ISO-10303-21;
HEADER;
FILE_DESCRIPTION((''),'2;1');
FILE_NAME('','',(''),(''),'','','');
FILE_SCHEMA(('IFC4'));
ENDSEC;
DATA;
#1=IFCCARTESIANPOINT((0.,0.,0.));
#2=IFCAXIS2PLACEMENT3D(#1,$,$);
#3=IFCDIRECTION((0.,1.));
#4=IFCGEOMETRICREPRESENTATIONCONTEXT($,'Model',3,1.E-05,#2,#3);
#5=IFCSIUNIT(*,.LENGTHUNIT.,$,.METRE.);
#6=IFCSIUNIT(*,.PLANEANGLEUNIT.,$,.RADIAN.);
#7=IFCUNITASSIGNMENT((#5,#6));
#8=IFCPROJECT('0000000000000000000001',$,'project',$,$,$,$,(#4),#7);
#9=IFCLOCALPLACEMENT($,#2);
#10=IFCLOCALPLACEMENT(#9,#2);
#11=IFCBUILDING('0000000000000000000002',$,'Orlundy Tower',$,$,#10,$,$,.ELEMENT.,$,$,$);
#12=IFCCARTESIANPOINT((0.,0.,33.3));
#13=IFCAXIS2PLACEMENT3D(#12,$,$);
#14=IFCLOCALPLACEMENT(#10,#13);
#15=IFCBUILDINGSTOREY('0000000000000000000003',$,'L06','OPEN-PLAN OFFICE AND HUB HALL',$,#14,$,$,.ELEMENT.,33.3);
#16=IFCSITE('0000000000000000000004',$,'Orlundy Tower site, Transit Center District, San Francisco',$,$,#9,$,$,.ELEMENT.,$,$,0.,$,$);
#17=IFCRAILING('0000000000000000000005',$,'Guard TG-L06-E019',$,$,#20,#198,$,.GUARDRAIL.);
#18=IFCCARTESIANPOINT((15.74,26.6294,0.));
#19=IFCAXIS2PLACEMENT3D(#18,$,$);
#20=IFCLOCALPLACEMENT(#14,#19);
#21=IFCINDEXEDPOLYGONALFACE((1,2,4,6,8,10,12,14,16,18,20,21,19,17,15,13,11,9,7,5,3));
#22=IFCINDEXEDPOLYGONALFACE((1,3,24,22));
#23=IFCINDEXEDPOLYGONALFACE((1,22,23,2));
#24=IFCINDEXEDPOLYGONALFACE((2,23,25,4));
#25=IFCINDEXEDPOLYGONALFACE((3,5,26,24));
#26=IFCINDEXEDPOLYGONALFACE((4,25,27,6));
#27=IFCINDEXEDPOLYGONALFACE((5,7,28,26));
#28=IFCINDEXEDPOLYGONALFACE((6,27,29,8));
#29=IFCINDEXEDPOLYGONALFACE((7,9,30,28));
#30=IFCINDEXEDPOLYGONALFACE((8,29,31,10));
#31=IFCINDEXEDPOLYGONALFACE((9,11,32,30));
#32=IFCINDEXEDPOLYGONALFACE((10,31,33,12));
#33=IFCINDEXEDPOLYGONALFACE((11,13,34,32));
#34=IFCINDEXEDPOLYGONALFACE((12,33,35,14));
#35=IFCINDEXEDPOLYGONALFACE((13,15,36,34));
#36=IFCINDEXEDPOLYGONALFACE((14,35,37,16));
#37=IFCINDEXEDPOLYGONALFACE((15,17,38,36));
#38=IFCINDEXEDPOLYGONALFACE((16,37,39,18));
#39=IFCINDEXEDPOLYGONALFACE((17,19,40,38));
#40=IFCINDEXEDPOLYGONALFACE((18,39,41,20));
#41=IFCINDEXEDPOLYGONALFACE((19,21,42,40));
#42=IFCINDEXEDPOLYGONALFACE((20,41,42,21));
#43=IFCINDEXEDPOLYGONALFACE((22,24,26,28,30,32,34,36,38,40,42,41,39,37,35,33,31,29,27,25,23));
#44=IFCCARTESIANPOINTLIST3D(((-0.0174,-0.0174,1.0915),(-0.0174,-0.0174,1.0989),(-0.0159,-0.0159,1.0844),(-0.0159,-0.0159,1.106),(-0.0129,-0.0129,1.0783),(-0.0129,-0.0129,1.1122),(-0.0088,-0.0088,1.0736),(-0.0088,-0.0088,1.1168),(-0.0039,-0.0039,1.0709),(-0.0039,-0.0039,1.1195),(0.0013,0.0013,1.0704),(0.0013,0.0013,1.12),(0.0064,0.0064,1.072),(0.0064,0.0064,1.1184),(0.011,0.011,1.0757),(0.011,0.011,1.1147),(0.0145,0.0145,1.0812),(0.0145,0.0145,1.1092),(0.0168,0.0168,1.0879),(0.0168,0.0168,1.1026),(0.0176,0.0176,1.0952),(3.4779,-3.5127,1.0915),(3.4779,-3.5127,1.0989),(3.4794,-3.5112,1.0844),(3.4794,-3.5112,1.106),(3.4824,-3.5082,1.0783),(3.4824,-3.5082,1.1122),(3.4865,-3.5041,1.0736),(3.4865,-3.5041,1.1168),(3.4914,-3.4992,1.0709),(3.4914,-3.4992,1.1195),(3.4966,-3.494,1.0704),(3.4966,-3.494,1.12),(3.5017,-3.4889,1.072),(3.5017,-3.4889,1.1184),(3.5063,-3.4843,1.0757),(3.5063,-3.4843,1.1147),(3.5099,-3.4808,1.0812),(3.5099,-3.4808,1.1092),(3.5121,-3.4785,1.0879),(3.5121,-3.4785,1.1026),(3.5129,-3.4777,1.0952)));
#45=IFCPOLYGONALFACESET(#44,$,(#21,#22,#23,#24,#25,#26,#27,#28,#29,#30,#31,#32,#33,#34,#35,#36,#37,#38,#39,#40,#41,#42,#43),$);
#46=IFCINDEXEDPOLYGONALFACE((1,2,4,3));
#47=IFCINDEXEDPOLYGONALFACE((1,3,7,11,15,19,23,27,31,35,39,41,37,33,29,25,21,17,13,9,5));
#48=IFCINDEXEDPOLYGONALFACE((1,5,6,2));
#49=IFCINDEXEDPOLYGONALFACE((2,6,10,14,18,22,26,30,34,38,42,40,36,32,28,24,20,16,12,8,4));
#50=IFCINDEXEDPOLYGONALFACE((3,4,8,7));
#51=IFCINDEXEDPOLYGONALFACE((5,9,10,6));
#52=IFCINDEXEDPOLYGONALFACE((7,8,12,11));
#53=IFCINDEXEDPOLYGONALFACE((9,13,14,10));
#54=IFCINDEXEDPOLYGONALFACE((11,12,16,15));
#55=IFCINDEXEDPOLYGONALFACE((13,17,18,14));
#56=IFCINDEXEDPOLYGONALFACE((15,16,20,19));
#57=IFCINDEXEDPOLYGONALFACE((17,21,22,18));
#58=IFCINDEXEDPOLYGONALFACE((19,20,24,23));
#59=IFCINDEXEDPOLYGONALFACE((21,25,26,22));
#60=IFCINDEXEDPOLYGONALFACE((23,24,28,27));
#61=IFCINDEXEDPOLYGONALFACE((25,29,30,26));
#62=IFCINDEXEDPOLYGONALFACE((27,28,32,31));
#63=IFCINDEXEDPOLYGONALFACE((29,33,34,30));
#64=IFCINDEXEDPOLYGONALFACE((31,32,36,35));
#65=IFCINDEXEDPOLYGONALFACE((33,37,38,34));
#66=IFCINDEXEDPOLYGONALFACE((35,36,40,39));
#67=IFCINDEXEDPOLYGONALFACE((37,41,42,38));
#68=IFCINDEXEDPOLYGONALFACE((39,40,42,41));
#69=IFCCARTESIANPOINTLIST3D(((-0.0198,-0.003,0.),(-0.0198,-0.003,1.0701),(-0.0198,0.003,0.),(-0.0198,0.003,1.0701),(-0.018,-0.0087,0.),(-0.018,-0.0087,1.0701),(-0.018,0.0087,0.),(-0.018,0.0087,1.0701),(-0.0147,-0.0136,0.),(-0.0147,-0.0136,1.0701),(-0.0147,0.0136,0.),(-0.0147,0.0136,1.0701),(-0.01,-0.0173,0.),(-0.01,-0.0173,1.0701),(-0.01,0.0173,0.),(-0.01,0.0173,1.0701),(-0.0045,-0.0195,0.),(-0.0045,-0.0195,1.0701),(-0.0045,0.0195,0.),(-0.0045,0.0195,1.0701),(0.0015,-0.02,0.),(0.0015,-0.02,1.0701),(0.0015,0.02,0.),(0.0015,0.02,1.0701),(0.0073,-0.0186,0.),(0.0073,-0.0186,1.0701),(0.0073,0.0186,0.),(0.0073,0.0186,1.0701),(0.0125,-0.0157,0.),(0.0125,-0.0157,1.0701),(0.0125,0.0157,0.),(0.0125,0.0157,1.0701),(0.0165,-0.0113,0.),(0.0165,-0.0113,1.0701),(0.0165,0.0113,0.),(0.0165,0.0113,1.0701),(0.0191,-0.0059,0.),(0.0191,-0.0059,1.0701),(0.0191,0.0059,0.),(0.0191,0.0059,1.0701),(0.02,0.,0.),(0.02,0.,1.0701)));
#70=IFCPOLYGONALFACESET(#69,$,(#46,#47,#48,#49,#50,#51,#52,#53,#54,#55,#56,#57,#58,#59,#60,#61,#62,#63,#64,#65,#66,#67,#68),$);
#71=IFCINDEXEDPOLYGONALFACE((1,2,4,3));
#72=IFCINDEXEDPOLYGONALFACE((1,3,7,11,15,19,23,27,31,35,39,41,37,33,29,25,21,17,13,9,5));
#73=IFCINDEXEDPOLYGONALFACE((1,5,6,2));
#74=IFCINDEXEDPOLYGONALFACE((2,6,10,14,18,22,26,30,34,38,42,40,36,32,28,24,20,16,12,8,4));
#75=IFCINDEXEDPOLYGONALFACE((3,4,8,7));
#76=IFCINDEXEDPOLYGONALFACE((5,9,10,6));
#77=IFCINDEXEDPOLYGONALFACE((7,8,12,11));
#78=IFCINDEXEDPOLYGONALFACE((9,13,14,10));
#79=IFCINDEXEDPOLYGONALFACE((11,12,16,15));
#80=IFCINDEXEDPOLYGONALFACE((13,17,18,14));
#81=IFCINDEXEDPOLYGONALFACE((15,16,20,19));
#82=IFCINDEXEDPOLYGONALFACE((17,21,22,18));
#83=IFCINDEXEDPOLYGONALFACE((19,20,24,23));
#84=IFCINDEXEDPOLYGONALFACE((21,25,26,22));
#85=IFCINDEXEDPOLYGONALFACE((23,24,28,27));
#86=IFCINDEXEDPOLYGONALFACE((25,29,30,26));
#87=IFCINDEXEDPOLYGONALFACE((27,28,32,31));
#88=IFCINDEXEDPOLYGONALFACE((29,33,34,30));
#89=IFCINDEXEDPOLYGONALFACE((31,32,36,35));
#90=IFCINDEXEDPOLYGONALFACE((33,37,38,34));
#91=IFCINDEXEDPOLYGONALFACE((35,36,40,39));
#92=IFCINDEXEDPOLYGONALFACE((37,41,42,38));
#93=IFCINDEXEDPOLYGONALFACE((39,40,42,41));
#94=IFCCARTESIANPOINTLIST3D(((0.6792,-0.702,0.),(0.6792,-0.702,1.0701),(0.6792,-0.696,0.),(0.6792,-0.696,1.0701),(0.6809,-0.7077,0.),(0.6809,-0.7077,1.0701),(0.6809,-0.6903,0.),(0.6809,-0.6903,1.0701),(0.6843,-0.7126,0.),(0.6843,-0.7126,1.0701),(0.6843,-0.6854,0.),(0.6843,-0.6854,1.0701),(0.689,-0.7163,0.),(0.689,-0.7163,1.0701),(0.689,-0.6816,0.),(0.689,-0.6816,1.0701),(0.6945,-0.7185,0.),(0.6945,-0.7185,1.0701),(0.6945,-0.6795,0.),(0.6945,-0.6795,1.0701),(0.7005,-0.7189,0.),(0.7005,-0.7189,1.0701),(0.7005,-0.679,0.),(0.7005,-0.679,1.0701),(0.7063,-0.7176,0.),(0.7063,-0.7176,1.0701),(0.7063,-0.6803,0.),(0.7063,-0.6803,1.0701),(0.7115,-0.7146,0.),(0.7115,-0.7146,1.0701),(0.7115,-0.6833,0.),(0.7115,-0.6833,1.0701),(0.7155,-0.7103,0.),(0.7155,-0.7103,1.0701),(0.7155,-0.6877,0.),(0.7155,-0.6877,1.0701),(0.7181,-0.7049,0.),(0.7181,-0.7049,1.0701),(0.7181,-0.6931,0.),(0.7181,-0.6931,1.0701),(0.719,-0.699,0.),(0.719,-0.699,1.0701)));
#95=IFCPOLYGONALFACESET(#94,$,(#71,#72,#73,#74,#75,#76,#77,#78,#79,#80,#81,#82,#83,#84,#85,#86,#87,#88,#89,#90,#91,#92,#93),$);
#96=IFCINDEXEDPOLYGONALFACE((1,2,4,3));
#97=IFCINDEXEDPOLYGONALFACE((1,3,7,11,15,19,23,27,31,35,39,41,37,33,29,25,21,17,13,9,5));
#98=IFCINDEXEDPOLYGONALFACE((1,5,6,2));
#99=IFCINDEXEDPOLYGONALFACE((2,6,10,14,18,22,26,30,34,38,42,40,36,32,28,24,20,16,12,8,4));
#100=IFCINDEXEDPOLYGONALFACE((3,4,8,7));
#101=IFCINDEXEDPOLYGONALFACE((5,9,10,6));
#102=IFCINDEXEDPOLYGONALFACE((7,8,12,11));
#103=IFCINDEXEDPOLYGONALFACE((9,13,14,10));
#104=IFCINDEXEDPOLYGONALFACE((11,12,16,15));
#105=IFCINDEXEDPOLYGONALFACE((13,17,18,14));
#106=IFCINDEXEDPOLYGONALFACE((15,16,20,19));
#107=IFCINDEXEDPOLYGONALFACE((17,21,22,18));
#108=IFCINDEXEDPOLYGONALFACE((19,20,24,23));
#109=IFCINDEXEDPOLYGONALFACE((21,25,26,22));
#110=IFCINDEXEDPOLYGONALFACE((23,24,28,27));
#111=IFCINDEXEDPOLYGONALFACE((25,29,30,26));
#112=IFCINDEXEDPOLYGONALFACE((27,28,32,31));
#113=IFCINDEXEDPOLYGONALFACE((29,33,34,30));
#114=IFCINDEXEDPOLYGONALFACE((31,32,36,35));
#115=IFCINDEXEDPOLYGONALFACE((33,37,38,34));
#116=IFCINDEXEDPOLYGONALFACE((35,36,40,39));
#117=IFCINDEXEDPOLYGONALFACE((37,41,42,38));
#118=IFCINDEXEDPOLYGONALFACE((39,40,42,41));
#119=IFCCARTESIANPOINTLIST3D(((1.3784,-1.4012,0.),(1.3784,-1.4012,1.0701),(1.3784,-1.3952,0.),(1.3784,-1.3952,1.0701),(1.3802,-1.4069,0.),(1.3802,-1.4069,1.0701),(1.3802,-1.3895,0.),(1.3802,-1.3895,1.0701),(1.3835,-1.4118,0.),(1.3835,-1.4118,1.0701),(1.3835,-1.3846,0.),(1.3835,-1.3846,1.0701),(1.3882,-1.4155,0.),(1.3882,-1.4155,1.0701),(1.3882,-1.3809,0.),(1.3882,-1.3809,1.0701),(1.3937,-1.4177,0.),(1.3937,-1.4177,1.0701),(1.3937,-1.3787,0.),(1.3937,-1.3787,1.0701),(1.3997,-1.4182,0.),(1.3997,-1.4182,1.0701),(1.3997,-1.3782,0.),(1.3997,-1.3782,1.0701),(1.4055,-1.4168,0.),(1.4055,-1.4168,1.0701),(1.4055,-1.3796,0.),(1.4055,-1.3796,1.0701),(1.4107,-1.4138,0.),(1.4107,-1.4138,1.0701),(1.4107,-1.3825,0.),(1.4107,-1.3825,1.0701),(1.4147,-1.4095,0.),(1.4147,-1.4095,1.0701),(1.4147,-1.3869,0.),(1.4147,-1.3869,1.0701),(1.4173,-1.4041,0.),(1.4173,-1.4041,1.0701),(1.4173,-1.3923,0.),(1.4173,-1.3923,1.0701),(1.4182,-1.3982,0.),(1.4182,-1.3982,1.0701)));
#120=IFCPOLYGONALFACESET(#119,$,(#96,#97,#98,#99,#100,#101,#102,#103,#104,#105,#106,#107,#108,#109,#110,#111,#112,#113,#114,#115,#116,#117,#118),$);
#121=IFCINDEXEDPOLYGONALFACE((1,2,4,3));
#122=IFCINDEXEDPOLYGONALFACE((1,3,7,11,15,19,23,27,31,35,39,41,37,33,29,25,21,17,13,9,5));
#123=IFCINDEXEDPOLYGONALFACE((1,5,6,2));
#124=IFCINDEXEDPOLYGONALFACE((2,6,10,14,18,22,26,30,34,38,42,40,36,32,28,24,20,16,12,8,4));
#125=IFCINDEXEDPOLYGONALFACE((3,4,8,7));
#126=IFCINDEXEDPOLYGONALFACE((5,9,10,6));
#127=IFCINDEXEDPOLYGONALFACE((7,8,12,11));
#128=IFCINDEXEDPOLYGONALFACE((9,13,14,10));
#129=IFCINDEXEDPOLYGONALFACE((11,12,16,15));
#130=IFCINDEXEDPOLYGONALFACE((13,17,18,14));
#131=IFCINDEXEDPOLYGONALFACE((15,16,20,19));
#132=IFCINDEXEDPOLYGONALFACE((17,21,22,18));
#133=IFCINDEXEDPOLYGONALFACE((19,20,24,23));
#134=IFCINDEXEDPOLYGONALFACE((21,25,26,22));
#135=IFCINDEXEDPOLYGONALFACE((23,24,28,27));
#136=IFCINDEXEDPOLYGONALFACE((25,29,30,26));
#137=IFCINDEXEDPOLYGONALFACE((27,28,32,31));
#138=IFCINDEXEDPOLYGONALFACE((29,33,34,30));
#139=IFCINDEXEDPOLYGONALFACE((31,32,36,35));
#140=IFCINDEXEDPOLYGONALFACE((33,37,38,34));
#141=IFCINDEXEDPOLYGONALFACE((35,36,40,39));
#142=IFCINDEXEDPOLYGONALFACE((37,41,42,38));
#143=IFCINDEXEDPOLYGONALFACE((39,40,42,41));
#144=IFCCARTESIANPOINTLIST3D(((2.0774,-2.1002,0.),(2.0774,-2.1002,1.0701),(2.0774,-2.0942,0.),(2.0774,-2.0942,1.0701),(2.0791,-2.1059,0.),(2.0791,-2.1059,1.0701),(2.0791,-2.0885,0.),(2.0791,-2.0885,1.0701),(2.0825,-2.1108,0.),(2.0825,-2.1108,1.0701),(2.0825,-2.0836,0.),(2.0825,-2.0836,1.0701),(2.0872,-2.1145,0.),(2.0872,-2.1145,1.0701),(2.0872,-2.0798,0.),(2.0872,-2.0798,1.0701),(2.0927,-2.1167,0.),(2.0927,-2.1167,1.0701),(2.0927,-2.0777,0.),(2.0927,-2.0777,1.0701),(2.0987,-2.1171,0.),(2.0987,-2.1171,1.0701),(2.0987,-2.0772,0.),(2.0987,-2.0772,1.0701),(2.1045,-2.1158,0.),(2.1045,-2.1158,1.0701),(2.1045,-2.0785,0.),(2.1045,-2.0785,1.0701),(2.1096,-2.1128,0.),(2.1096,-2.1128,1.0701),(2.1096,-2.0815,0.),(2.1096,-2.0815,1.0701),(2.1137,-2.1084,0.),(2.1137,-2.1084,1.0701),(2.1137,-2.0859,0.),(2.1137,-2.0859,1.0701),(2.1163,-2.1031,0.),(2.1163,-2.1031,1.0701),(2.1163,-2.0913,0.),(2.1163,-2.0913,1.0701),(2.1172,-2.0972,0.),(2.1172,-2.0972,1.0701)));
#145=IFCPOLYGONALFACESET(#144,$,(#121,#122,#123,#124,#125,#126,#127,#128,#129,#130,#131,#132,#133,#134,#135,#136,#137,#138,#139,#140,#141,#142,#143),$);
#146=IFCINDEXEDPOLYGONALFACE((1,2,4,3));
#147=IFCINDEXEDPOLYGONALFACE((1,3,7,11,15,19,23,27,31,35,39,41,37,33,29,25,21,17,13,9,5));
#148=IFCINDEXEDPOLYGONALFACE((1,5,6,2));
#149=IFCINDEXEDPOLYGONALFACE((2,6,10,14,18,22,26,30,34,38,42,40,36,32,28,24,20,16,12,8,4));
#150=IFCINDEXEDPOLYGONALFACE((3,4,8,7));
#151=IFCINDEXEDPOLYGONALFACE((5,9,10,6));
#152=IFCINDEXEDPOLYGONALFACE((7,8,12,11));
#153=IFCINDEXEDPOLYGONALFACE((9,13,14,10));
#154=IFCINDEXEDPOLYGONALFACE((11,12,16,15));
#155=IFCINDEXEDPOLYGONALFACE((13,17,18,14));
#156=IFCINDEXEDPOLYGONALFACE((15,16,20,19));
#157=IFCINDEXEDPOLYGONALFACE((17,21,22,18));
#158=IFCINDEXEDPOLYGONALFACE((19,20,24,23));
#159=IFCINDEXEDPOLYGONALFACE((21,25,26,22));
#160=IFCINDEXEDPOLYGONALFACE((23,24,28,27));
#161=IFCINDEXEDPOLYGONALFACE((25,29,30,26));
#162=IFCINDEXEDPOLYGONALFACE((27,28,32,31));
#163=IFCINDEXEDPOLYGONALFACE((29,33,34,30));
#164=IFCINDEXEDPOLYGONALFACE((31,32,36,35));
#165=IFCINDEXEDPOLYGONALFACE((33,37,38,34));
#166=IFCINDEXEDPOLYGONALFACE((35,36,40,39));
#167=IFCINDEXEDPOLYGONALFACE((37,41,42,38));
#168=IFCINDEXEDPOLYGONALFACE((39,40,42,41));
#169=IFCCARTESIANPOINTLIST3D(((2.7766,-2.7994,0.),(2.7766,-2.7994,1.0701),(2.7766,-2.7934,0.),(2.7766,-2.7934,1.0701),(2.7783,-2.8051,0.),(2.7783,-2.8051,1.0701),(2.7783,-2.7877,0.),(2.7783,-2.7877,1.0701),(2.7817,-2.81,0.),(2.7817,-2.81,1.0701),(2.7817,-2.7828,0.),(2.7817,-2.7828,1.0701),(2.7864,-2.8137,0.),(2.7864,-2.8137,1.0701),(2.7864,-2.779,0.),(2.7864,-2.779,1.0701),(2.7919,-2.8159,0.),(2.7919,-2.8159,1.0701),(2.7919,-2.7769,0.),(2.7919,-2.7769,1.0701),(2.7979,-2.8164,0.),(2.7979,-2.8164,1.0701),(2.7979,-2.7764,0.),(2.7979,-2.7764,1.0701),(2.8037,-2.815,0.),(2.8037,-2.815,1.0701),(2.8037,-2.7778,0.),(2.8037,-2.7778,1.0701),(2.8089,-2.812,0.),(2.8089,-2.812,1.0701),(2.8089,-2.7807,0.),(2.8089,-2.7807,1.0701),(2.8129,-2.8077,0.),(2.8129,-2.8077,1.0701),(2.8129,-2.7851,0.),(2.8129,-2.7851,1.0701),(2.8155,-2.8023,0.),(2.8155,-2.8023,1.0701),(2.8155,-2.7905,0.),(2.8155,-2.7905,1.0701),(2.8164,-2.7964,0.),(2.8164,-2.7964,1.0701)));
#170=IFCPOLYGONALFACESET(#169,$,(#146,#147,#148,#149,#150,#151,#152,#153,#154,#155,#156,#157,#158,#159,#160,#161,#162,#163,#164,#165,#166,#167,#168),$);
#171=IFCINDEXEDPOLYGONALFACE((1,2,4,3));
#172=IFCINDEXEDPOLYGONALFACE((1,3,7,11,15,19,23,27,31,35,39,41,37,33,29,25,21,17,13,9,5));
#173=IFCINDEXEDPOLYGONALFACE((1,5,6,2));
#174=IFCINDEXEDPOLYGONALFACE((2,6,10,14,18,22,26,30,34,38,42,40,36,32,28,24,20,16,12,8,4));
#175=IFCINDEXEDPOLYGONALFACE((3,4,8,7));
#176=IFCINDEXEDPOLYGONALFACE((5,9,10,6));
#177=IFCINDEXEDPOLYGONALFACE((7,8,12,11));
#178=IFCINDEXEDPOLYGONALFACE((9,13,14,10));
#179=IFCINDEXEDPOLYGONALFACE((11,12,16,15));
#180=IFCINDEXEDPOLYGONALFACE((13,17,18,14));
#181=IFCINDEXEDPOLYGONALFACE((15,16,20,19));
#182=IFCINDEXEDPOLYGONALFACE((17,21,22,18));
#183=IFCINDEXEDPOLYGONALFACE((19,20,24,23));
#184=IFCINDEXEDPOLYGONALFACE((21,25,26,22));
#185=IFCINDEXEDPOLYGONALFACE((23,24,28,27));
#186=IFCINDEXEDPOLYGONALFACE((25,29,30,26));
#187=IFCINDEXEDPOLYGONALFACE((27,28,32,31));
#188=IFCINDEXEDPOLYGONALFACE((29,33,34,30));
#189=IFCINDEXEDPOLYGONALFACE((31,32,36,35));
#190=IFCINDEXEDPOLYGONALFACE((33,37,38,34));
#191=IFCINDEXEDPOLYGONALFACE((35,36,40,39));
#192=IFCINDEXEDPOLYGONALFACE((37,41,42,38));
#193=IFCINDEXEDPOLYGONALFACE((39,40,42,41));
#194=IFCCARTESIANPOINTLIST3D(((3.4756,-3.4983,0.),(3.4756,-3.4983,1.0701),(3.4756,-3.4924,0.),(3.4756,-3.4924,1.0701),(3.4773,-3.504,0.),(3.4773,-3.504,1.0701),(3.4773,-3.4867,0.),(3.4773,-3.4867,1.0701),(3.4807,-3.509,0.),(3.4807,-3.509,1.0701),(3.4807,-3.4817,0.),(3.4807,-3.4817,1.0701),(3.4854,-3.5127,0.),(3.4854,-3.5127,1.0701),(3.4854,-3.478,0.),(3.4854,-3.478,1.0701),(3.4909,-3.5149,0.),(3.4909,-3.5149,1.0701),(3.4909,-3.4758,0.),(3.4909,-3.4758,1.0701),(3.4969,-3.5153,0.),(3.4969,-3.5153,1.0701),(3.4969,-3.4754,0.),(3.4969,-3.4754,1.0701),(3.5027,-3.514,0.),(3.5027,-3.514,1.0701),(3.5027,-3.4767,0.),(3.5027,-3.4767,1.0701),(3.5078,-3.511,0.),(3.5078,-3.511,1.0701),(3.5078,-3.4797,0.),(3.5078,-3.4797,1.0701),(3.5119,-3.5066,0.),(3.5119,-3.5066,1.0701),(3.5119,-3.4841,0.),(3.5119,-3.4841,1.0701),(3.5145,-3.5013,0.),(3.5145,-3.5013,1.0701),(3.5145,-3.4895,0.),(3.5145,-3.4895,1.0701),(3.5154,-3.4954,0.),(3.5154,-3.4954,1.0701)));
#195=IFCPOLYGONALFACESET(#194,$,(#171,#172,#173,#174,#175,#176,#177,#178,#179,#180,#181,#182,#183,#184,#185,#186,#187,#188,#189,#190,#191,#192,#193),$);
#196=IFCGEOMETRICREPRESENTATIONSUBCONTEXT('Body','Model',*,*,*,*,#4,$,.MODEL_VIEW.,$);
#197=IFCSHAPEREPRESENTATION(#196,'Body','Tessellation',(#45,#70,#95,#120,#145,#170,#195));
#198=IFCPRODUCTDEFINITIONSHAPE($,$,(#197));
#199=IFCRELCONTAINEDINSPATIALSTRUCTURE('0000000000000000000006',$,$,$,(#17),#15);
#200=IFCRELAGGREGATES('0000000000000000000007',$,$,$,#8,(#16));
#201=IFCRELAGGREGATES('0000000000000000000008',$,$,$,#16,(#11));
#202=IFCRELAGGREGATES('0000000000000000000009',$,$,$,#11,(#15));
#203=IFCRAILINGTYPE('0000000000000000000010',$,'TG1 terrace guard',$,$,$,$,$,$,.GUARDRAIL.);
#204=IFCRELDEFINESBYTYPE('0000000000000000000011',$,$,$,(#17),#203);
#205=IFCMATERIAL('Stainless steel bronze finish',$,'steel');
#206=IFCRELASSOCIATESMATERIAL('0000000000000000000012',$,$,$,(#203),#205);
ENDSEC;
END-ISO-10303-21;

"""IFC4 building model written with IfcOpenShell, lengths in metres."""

from ifc_helpers import new_model, si_unit, direction, frame, origin, origin_2d, place, context, subcontext, project, spatial, circle, extrude, material, type_object, element, save


model = new_model("IFC4")

# Units and contexts
model_context = context("Model", 3, precision=1e-05, world=origin(), true_north=direction((0.0, 1.0)))
body_context = subcontext(model_context, "Body", "Model", "MODEL_VIEW")
ifc_project = project(units=[si_unit("LENGTHUNIT", "METRE"), si_unit("PLANEANGLEUNIT", "RADIAN")], contexts=[model_context])

# Site, building, storey
site_placement = place(None, origin())
site = spatial("IfcSite", under=ifc_project, at=site_placement, Name="Orlundy Tower site, Transit Center District, San Francisco", CompositionType="ELEMENT", RefElevation=0.0)
building_placement = place(site_placement, origin())
building = spatial("IfcBuilding", under=site, at=building_placement, Name="Orlundy Tower", CompositionType="ELEMENT")
storey_placement = place(building_placement, frame((0.0, 0.0, 33.3)))
storey = spatial("IfcBuildingStorey", under=building, at=storey_placement, Name="L06", Description="OPEN-PLAN OFFICE AND HUB HALL", CompositionType="ELEMENT", Elevation=33.3)

# Railing
ifc_material_1 = material(Name="Stainless steel bronze finish", Category="steel")
railing_type = type_object("IfcRailingType", Name="TG1 terrace guard", PredefinedType="GUARDRAIL", material=ifc_material_1)
railing_1_placement = place(storey_placement, frame((15.74, 26.6294, 0.0)))
element("IfcRailing", 1, at=railing_1_placement, inside=storey, type_object=railing_type, Name="Guard TG-L06-E019", PredefinedType="GUARDRAIL", context=body_context, shape_type="SweptSolid", body=[
    extrude(circle(Radius=0.0249, at=origin_2d()), frame((0.0, 0.0, 1.0952), z_axis=(0.707107, -0.707107, 0.0), x_axis=(0.707107, 0.707107, 0.0)), (0.0, 0.0, 1.0), 4.9431),
    extrude(circle(Radius=0.02, at=origin_2d()), origin(), (0.0, 0.0, 1.0), 1.0701),
    extrude(circle(Radius=0.02, at=origin_2d()), frame((0.699, -0.699, 0.0)), (0.0, 0.0, 1.0), 1.0701),
    extrude(circle(Radius=0.02, at=origin_2d()), frame((1.3982, -1.3982, 0.0)), (0.0, 0.0, 1.0), 1.0701),
    extrude(circle(Radius=0.02, at=origin_2d()), frame((2.0972, -2.0972, 0.0)), (0.0, 0.0, 1.0), 1.0701),
    extrude(circle(Radius=0.02, at=origin_2d()), frame((2.7964, -2.7964, 0.0)), (0.0, 0.0, 1.0), 1.0701),
    extrude(circle(Radius=0.02, at=origin_2d()), frame((3.4954, -3.4954, 0.0)), (0.0, 0.0, 1.0), 1.0701),
])

save(model, "model.ifc")
